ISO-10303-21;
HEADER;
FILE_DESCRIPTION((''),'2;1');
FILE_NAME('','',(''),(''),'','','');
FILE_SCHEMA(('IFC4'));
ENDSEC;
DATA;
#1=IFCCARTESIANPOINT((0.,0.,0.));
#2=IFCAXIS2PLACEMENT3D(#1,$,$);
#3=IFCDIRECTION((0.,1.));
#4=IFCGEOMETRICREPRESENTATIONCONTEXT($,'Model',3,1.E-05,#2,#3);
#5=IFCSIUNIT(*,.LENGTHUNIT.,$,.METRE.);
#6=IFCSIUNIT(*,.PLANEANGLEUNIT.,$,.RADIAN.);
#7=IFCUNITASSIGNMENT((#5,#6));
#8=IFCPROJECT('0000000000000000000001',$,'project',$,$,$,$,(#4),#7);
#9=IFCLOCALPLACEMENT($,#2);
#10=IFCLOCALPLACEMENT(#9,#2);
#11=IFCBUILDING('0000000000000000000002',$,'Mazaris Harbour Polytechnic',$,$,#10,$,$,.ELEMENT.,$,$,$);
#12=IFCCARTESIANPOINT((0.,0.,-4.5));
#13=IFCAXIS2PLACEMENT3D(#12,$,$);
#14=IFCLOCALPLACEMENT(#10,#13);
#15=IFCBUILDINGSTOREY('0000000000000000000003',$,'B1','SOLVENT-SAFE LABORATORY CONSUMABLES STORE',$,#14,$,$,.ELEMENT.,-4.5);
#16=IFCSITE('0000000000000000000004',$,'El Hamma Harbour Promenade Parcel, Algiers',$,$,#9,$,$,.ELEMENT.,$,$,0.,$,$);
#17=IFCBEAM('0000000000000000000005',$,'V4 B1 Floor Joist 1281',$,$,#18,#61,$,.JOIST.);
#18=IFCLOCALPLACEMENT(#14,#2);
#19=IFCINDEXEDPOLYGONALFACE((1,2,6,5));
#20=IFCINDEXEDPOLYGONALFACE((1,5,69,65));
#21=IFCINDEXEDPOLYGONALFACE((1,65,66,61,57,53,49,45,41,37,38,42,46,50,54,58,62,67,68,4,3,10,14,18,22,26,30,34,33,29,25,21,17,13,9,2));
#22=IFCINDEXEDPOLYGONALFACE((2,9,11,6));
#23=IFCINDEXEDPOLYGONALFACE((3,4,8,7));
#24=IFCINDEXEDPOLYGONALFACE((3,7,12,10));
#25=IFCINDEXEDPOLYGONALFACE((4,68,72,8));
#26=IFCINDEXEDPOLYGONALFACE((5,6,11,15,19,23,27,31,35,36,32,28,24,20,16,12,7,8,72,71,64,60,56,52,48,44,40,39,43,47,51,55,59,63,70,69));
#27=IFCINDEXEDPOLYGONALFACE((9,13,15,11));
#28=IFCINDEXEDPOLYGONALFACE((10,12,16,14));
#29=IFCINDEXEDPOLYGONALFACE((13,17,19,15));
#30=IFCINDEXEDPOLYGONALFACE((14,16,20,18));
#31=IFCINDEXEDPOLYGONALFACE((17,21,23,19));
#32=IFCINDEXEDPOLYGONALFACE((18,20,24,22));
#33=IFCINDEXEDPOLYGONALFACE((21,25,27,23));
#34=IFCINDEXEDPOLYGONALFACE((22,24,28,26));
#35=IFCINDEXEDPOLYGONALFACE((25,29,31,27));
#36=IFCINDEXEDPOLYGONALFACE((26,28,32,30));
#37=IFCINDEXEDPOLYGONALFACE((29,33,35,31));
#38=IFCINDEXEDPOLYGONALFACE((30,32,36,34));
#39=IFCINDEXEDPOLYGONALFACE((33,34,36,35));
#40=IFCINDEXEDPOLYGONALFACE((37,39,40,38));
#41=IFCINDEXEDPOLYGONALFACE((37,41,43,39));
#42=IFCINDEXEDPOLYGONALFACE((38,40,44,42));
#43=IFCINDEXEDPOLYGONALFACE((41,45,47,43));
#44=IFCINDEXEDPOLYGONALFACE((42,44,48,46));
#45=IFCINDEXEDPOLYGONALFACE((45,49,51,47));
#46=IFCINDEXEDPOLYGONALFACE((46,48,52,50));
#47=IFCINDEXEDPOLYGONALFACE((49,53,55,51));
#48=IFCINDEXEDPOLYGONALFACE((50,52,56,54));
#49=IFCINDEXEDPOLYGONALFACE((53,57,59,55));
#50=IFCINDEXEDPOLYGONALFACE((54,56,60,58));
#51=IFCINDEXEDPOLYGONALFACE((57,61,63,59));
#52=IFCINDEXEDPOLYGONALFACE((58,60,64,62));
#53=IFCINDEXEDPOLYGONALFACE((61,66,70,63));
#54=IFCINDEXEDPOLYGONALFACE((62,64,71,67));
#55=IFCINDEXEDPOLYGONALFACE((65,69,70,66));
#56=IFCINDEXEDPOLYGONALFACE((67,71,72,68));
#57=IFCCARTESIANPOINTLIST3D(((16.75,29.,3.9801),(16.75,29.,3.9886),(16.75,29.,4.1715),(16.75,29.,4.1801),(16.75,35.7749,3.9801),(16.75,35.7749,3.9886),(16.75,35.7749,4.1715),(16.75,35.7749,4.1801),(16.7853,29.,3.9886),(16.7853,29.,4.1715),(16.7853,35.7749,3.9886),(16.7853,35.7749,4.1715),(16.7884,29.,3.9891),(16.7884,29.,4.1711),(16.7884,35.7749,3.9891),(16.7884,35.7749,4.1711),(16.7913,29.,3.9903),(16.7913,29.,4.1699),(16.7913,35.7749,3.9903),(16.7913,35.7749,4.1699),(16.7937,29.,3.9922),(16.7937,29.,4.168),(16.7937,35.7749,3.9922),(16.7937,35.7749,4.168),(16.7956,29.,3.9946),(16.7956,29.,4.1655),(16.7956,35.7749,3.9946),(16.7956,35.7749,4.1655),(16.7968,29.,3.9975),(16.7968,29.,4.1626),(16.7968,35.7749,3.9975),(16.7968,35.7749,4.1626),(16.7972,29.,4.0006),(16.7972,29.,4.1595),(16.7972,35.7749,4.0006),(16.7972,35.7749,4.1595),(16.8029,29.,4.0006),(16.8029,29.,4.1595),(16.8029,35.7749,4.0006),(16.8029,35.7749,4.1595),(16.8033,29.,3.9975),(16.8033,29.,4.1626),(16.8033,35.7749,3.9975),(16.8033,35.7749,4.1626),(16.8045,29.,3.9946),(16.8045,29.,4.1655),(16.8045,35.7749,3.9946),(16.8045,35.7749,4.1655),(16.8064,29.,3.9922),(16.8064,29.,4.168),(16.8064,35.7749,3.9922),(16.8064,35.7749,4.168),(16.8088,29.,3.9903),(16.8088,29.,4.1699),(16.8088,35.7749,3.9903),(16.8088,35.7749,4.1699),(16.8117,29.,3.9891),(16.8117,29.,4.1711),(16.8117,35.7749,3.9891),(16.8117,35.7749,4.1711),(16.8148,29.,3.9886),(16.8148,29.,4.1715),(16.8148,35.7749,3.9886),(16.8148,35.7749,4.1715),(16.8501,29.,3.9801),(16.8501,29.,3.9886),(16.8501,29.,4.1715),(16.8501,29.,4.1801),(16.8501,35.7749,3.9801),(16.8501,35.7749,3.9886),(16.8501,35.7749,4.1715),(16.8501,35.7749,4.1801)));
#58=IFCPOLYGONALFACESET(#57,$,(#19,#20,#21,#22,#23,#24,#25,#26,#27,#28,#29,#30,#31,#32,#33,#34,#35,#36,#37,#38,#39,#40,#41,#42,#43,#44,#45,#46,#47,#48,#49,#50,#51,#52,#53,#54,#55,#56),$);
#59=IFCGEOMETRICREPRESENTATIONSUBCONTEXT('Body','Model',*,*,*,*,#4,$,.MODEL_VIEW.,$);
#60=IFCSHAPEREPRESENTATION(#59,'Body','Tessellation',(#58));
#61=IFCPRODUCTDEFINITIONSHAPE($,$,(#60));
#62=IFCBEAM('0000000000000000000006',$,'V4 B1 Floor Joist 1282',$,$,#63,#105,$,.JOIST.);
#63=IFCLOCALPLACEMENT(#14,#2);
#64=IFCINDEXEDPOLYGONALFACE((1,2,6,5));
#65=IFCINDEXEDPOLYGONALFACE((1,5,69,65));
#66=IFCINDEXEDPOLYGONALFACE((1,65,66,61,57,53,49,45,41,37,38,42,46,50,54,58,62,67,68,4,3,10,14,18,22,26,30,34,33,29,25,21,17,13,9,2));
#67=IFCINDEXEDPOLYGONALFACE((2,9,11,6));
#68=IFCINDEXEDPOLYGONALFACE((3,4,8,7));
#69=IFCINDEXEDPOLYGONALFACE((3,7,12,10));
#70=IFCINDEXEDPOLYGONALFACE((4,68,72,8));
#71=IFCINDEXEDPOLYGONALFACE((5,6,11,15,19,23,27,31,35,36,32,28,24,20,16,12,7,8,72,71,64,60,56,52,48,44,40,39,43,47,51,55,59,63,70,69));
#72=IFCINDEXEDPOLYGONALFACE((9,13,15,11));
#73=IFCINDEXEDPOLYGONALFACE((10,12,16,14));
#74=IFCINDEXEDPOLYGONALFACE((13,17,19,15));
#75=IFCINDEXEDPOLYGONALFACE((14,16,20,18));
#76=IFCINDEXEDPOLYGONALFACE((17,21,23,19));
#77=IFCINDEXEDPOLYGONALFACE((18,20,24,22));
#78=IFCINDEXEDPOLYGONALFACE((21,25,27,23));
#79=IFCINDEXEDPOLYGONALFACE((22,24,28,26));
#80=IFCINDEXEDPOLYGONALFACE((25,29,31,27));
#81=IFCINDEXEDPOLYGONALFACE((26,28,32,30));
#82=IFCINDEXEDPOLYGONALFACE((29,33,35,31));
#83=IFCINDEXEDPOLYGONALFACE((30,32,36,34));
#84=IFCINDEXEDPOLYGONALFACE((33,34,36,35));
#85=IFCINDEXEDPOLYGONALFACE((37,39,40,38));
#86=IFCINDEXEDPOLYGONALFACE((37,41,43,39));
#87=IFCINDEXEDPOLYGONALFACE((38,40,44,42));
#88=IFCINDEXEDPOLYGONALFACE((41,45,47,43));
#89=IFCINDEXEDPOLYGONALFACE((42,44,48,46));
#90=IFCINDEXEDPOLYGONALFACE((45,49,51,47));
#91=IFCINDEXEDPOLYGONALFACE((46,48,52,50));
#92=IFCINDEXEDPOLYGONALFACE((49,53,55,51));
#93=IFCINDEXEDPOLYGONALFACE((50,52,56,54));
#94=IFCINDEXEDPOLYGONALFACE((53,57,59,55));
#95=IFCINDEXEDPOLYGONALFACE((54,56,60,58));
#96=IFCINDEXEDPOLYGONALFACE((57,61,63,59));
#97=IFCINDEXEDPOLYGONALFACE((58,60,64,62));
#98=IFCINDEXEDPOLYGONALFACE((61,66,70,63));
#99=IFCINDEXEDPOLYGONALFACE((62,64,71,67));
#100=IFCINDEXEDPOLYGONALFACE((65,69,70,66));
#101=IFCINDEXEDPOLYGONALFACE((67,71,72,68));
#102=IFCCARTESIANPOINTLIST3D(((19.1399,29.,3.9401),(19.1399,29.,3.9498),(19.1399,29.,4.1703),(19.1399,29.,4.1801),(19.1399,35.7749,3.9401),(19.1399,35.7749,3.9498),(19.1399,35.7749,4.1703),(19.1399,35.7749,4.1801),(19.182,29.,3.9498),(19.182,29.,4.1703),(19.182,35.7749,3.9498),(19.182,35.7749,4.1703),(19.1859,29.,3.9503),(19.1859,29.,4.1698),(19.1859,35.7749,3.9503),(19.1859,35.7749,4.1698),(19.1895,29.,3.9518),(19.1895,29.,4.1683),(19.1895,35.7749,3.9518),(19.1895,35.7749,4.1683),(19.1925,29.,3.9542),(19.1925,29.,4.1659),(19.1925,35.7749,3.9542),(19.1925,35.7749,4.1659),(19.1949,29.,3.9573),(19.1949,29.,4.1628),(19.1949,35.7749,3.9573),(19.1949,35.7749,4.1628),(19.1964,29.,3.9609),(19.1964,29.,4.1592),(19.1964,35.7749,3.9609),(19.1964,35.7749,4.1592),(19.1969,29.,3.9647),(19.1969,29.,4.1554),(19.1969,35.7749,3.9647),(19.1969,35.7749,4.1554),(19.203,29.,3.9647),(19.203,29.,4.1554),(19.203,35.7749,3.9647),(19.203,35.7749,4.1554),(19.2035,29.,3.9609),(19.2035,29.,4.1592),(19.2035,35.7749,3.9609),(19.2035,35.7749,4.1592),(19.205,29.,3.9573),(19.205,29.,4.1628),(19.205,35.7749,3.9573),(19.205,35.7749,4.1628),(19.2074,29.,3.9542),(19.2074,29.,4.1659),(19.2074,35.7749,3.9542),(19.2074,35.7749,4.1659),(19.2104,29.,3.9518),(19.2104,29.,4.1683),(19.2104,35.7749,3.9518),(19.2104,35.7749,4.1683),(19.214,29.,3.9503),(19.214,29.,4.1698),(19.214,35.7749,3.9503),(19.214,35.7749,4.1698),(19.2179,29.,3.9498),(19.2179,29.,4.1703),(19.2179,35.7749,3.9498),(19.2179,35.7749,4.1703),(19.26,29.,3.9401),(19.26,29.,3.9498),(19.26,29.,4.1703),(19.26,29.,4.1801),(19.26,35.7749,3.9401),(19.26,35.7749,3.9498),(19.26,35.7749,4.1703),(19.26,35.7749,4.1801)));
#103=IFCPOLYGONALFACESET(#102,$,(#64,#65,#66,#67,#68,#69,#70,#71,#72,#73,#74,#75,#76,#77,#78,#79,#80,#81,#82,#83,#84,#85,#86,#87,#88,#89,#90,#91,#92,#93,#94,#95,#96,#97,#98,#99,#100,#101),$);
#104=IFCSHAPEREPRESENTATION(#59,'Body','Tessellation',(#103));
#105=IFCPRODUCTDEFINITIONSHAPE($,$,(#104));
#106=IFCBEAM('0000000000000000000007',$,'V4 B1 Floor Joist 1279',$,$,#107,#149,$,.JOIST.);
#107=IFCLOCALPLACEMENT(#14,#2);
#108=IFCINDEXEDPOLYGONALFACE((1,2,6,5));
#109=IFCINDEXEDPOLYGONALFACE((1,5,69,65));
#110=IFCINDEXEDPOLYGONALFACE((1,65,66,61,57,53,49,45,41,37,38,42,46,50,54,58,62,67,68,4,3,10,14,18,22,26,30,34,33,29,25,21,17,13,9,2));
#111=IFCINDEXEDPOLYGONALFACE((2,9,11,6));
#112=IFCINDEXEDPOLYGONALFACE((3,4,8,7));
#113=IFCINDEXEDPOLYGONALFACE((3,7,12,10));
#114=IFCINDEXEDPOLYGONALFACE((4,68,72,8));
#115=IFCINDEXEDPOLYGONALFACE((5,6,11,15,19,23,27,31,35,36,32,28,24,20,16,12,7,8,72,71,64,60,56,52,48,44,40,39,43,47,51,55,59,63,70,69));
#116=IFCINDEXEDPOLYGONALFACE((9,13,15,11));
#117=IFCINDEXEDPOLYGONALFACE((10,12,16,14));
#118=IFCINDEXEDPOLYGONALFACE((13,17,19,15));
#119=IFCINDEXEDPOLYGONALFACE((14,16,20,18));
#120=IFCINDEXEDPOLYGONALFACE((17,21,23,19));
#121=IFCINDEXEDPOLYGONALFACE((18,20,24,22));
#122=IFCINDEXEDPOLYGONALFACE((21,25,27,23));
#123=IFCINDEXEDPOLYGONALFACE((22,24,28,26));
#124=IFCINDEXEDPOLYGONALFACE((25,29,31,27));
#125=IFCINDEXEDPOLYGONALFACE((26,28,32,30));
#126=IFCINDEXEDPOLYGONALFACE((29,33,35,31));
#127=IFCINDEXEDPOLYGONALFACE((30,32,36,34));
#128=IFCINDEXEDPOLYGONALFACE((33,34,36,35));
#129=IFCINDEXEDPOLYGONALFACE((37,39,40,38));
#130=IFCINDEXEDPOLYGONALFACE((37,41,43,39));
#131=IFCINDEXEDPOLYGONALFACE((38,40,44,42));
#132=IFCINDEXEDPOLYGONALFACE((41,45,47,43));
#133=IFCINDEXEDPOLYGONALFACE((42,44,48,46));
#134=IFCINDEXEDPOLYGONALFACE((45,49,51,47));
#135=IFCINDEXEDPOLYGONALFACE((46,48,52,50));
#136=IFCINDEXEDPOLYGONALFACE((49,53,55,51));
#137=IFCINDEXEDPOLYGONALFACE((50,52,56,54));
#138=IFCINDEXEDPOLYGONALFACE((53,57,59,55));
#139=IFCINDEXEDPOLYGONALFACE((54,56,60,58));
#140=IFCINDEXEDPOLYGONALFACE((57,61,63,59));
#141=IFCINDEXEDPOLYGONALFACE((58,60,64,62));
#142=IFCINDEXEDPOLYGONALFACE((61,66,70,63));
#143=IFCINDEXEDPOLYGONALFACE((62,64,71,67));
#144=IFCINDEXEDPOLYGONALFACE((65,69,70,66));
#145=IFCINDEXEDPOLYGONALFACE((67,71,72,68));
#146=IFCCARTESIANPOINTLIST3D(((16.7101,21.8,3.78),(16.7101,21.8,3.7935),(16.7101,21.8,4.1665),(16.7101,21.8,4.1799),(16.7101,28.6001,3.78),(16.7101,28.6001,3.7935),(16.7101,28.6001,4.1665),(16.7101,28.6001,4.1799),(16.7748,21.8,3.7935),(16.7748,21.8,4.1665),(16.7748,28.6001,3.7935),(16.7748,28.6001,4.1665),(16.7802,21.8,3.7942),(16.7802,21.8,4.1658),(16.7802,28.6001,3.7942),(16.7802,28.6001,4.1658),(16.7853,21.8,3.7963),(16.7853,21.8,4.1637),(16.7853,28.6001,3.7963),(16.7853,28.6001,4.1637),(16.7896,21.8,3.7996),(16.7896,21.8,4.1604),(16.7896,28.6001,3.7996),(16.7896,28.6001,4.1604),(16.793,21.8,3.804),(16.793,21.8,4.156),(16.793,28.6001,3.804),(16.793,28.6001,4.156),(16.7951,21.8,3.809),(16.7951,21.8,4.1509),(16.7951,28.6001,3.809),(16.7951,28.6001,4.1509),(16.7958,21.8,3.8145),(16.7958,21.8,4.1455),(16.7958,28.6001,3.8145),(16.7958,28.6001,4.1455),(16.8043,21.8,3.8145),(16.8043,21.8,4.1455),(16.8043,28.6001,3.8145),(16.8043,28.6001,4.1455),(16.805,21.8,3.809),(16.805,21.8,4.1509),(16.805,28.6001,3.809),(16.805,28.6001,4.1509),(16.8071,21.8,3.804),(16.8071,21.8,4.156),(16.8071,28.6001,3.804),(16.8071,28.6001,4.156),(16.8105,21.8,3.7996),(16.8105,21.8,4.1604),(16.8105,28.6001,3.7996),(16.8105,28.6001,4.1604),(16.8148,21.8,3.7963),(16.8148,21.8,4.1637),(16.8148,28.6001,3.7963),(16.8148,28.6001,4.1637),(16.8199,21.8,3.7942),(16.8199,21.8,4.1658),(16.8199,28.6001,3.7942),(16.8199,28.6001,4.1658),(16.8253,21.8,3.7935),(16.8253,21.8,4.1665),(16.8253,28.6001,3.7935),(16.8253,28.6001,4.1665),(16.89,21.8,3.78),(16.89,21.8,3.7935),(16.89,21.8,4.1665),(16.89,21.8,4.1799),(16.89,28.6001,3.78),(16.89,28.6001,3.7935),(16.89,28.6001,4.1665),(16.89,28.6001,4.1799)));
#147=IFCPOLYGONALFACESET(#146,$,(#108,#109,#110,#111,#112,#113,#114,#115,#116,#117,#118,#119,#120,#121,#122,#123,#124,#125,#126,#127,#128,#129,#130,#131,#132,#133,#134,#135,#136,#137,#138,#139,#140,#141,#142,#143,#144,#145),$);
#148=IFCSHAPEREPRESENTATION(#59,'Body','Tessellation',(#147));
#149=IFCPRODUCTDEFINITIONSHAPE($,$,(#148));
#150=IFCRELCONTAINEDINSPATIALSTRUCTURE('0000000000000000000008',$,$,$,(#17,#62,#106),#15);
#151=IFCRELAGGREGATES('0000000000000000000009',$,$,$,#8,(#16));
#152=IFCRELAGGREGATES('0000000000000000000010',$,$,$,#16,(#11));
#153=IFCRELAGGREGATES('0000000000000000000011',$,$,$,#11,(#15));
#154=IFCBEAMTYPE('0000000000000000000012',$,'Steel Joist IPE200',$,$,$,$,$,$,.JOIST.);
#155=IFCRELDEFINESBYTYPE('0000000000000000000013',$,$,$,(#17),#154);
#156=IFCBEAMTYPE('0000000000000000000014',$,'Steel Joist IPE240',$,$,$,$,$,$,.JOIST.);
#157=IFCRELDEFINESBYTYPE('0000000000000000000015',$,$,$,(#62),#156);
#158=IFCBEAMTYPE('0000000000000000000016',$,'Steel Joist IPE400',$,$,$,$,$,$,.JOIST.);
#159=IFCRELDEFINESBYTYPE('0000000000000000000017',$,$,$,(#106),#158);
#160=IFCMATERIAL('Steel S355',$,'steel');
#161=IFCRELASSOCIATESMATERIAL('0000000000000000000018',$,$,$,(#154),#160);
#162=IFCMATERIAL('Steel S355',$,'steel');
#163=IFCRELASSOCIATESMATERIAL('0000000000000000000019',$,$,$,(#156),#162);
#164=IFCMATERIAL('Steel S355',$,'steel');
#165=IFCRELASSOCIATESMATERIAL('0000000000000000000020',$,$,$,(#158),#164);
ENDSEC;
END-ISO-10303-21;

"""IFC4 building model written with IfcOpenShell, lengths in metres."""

from ifc_helpers import new_model, si_unit, direction, frame, origin, origin_2d, place, context, subcontext, project, spatial, i_section, extrude, material, material_profile, profile_set, type_object, element, save


model = new_model("IFC4")

# Units and contexts
model_context = context("Model", 3, precision=1e-05, world=origin(), true_north=direction((0.0, 1.0)))
body_context = subcontext(model_context, "Body", "Model", "MODEL_VIEW")
ifc_project = project(units=[si_unit("LENGTHUNIT", "METRE"), si_unit("PLANEANGLEUNIT", "RADIAN")], contexts=[model_context])

# Site, building, storey
site_placement = place(None, origin())
site = spatial("IfcSite", under=ifc_project, at=site_placement, Name="El Hamma Harbour Promenade Parcel, Algiers", CompositionType="ELEMENT", RefElevation=0.0)
building_placement = place(site_placement, origin())
building = spatial("IfcBuilding", under=site, at=building_placement, Name="Mazaris Harbour Polytechnic", CompositionType="ELEMENT")
storey_placement = place(building_placement, frame((0.0, 0.0, -4.5)))
storey = spatial("IfcBuildingStorey", under=building, at=storey_placement, Name="B1", Description="SOLVENT-SAFE LABORATORY CONSUMABLES STORE", CompositionType="ELEMENT", Elevation=-4.5)

# Beams
ifc_material_1 = material(Name="Steel S355", Category="steel")
ifc_material_profile_1 = material_profile(ifc_material_1, i_section(OverallWidth=0.1001, OverallDepth=0.2, WebThickness=0.0056, FlangeThickness=0.0085, FilletRadius=0.012, at=origin_2d()), Name="IPE 200")
ifc_profile_set_1 = profile_set([ifc_material_profile_1], Name="Steel S355")
beam_type_1 = type_object("IfcBeamType", Name="Steel Joist IPE200", PredefinedType="JOIST", material=ifc_profile_set_1)
beam_1_placement = place(storey_placement, frame((16.8, 29.0, 4.0801), z_axis=(0.0, 1.0, 0.0), x_axis=(-1.0, 0.0, 0.0)))
element("IfcBeam", 1, at=beam_1_placement, inside=storey, type_object=beam_type_1, Name="V4 B1 Floor Joist 1281", PredefinedType="JOIST", context=body_context, shape_type="SweptSolid", body=[
    extrude(i_section(OverallWidth=0.1001, OverallDepth=0.2, WebThickness=0.0056, FlangeThickness=0.0085, FilletRadius=0.012, at=origin_2d()), origin(), (0.0, 0.0, 1.0), 6.7749),
])
ifc_material_2 = material(Name="Steel S355", Category="steel")
ifc_material_profile_2 = material_profile(ifc_material_2, i_section(OverallWidth=0.1201, OverallDepth=0.24, WebThickness=0.0061, FlangeThickness=0.0098, FilletRadius=0.0149, at=origin_2d()), Name="IPE 240")
ifc_profile_set_2 = profile_set([ifc_material_profile_2], Name="Steel S355")
beam_type_2 = type_object("IfcBeamType", Name="Steel Joist IPE240", PredefinedType="JOIST", material=ifc_profile_set_2)
beam_2_placement = place(storey_placement, frame((19.2, 29.0, 4.0601), z_axis=(0.0, 1.0, 0.0), x_axis=(-1.0, 0.0, 0.0)))
element("IfcBeam", 2, at=beam_2_placement, inside=storey, type_object=beam_type_2, Name="V4 B1 Floor Joist 1282", PredefinedType="JOIST", context=body_context, shape_type="SweptSolid", body=[
    extrude(i_section(OverallWidth=0.1201, OverallDepth=0.24, WebThickness=0.0061, FlangeThickness=0.0098, FilletRadius=0.0149, at=origin_2d()), origin(), (0.0, 0.0, 1.0), 6.7749),
])
ifc_material_3 = material(Name="Steel S355", Category="steel")
ifc_material_profile_3 = material_profile(ifc_material_3, i_section(OverallWidth=0.1799, OverallDepth=0.3999, WebThickness=0.0085, FlangeThickness=0.0134, FilletRadius=0.021, at=origin_2d()), Name="IPE 400")
ifc_profile_set_3 = profile_set([ifc_material_profile_3], Name="Steel S355")
beam_type_3 = type_object("IfcBeamType", Name="Steel Joist IPE400", PredefinedType="JOIST", material=ifc_profile_set_3)
beam_3_placement = place(storey_placement, frame((16.8, 21.8, 3.98), z_axis=(0.0, 1.0, 0.0), x_axis=(-1.0, 0.0, 0.0)))
element("IfcBeam", 3, at=beam_3_placement, inside=storey, type_object=beam_type_3, Name="V4 B1 Floor Joist 1279", PredefinedType="JOIST", context=body_context, shape_type="SweptSolid", body=[
    extrude(i_section(OverallWidth=0.1799, OverallDepth=0.3999, WebThickness=0.0085, FlangeThickness=0.0134, FilletRadius=0.021, at=origin_2d()), origin(), (0.0, 0.0, 1.0), 6.8),
])

save(model, "model.ifc")
